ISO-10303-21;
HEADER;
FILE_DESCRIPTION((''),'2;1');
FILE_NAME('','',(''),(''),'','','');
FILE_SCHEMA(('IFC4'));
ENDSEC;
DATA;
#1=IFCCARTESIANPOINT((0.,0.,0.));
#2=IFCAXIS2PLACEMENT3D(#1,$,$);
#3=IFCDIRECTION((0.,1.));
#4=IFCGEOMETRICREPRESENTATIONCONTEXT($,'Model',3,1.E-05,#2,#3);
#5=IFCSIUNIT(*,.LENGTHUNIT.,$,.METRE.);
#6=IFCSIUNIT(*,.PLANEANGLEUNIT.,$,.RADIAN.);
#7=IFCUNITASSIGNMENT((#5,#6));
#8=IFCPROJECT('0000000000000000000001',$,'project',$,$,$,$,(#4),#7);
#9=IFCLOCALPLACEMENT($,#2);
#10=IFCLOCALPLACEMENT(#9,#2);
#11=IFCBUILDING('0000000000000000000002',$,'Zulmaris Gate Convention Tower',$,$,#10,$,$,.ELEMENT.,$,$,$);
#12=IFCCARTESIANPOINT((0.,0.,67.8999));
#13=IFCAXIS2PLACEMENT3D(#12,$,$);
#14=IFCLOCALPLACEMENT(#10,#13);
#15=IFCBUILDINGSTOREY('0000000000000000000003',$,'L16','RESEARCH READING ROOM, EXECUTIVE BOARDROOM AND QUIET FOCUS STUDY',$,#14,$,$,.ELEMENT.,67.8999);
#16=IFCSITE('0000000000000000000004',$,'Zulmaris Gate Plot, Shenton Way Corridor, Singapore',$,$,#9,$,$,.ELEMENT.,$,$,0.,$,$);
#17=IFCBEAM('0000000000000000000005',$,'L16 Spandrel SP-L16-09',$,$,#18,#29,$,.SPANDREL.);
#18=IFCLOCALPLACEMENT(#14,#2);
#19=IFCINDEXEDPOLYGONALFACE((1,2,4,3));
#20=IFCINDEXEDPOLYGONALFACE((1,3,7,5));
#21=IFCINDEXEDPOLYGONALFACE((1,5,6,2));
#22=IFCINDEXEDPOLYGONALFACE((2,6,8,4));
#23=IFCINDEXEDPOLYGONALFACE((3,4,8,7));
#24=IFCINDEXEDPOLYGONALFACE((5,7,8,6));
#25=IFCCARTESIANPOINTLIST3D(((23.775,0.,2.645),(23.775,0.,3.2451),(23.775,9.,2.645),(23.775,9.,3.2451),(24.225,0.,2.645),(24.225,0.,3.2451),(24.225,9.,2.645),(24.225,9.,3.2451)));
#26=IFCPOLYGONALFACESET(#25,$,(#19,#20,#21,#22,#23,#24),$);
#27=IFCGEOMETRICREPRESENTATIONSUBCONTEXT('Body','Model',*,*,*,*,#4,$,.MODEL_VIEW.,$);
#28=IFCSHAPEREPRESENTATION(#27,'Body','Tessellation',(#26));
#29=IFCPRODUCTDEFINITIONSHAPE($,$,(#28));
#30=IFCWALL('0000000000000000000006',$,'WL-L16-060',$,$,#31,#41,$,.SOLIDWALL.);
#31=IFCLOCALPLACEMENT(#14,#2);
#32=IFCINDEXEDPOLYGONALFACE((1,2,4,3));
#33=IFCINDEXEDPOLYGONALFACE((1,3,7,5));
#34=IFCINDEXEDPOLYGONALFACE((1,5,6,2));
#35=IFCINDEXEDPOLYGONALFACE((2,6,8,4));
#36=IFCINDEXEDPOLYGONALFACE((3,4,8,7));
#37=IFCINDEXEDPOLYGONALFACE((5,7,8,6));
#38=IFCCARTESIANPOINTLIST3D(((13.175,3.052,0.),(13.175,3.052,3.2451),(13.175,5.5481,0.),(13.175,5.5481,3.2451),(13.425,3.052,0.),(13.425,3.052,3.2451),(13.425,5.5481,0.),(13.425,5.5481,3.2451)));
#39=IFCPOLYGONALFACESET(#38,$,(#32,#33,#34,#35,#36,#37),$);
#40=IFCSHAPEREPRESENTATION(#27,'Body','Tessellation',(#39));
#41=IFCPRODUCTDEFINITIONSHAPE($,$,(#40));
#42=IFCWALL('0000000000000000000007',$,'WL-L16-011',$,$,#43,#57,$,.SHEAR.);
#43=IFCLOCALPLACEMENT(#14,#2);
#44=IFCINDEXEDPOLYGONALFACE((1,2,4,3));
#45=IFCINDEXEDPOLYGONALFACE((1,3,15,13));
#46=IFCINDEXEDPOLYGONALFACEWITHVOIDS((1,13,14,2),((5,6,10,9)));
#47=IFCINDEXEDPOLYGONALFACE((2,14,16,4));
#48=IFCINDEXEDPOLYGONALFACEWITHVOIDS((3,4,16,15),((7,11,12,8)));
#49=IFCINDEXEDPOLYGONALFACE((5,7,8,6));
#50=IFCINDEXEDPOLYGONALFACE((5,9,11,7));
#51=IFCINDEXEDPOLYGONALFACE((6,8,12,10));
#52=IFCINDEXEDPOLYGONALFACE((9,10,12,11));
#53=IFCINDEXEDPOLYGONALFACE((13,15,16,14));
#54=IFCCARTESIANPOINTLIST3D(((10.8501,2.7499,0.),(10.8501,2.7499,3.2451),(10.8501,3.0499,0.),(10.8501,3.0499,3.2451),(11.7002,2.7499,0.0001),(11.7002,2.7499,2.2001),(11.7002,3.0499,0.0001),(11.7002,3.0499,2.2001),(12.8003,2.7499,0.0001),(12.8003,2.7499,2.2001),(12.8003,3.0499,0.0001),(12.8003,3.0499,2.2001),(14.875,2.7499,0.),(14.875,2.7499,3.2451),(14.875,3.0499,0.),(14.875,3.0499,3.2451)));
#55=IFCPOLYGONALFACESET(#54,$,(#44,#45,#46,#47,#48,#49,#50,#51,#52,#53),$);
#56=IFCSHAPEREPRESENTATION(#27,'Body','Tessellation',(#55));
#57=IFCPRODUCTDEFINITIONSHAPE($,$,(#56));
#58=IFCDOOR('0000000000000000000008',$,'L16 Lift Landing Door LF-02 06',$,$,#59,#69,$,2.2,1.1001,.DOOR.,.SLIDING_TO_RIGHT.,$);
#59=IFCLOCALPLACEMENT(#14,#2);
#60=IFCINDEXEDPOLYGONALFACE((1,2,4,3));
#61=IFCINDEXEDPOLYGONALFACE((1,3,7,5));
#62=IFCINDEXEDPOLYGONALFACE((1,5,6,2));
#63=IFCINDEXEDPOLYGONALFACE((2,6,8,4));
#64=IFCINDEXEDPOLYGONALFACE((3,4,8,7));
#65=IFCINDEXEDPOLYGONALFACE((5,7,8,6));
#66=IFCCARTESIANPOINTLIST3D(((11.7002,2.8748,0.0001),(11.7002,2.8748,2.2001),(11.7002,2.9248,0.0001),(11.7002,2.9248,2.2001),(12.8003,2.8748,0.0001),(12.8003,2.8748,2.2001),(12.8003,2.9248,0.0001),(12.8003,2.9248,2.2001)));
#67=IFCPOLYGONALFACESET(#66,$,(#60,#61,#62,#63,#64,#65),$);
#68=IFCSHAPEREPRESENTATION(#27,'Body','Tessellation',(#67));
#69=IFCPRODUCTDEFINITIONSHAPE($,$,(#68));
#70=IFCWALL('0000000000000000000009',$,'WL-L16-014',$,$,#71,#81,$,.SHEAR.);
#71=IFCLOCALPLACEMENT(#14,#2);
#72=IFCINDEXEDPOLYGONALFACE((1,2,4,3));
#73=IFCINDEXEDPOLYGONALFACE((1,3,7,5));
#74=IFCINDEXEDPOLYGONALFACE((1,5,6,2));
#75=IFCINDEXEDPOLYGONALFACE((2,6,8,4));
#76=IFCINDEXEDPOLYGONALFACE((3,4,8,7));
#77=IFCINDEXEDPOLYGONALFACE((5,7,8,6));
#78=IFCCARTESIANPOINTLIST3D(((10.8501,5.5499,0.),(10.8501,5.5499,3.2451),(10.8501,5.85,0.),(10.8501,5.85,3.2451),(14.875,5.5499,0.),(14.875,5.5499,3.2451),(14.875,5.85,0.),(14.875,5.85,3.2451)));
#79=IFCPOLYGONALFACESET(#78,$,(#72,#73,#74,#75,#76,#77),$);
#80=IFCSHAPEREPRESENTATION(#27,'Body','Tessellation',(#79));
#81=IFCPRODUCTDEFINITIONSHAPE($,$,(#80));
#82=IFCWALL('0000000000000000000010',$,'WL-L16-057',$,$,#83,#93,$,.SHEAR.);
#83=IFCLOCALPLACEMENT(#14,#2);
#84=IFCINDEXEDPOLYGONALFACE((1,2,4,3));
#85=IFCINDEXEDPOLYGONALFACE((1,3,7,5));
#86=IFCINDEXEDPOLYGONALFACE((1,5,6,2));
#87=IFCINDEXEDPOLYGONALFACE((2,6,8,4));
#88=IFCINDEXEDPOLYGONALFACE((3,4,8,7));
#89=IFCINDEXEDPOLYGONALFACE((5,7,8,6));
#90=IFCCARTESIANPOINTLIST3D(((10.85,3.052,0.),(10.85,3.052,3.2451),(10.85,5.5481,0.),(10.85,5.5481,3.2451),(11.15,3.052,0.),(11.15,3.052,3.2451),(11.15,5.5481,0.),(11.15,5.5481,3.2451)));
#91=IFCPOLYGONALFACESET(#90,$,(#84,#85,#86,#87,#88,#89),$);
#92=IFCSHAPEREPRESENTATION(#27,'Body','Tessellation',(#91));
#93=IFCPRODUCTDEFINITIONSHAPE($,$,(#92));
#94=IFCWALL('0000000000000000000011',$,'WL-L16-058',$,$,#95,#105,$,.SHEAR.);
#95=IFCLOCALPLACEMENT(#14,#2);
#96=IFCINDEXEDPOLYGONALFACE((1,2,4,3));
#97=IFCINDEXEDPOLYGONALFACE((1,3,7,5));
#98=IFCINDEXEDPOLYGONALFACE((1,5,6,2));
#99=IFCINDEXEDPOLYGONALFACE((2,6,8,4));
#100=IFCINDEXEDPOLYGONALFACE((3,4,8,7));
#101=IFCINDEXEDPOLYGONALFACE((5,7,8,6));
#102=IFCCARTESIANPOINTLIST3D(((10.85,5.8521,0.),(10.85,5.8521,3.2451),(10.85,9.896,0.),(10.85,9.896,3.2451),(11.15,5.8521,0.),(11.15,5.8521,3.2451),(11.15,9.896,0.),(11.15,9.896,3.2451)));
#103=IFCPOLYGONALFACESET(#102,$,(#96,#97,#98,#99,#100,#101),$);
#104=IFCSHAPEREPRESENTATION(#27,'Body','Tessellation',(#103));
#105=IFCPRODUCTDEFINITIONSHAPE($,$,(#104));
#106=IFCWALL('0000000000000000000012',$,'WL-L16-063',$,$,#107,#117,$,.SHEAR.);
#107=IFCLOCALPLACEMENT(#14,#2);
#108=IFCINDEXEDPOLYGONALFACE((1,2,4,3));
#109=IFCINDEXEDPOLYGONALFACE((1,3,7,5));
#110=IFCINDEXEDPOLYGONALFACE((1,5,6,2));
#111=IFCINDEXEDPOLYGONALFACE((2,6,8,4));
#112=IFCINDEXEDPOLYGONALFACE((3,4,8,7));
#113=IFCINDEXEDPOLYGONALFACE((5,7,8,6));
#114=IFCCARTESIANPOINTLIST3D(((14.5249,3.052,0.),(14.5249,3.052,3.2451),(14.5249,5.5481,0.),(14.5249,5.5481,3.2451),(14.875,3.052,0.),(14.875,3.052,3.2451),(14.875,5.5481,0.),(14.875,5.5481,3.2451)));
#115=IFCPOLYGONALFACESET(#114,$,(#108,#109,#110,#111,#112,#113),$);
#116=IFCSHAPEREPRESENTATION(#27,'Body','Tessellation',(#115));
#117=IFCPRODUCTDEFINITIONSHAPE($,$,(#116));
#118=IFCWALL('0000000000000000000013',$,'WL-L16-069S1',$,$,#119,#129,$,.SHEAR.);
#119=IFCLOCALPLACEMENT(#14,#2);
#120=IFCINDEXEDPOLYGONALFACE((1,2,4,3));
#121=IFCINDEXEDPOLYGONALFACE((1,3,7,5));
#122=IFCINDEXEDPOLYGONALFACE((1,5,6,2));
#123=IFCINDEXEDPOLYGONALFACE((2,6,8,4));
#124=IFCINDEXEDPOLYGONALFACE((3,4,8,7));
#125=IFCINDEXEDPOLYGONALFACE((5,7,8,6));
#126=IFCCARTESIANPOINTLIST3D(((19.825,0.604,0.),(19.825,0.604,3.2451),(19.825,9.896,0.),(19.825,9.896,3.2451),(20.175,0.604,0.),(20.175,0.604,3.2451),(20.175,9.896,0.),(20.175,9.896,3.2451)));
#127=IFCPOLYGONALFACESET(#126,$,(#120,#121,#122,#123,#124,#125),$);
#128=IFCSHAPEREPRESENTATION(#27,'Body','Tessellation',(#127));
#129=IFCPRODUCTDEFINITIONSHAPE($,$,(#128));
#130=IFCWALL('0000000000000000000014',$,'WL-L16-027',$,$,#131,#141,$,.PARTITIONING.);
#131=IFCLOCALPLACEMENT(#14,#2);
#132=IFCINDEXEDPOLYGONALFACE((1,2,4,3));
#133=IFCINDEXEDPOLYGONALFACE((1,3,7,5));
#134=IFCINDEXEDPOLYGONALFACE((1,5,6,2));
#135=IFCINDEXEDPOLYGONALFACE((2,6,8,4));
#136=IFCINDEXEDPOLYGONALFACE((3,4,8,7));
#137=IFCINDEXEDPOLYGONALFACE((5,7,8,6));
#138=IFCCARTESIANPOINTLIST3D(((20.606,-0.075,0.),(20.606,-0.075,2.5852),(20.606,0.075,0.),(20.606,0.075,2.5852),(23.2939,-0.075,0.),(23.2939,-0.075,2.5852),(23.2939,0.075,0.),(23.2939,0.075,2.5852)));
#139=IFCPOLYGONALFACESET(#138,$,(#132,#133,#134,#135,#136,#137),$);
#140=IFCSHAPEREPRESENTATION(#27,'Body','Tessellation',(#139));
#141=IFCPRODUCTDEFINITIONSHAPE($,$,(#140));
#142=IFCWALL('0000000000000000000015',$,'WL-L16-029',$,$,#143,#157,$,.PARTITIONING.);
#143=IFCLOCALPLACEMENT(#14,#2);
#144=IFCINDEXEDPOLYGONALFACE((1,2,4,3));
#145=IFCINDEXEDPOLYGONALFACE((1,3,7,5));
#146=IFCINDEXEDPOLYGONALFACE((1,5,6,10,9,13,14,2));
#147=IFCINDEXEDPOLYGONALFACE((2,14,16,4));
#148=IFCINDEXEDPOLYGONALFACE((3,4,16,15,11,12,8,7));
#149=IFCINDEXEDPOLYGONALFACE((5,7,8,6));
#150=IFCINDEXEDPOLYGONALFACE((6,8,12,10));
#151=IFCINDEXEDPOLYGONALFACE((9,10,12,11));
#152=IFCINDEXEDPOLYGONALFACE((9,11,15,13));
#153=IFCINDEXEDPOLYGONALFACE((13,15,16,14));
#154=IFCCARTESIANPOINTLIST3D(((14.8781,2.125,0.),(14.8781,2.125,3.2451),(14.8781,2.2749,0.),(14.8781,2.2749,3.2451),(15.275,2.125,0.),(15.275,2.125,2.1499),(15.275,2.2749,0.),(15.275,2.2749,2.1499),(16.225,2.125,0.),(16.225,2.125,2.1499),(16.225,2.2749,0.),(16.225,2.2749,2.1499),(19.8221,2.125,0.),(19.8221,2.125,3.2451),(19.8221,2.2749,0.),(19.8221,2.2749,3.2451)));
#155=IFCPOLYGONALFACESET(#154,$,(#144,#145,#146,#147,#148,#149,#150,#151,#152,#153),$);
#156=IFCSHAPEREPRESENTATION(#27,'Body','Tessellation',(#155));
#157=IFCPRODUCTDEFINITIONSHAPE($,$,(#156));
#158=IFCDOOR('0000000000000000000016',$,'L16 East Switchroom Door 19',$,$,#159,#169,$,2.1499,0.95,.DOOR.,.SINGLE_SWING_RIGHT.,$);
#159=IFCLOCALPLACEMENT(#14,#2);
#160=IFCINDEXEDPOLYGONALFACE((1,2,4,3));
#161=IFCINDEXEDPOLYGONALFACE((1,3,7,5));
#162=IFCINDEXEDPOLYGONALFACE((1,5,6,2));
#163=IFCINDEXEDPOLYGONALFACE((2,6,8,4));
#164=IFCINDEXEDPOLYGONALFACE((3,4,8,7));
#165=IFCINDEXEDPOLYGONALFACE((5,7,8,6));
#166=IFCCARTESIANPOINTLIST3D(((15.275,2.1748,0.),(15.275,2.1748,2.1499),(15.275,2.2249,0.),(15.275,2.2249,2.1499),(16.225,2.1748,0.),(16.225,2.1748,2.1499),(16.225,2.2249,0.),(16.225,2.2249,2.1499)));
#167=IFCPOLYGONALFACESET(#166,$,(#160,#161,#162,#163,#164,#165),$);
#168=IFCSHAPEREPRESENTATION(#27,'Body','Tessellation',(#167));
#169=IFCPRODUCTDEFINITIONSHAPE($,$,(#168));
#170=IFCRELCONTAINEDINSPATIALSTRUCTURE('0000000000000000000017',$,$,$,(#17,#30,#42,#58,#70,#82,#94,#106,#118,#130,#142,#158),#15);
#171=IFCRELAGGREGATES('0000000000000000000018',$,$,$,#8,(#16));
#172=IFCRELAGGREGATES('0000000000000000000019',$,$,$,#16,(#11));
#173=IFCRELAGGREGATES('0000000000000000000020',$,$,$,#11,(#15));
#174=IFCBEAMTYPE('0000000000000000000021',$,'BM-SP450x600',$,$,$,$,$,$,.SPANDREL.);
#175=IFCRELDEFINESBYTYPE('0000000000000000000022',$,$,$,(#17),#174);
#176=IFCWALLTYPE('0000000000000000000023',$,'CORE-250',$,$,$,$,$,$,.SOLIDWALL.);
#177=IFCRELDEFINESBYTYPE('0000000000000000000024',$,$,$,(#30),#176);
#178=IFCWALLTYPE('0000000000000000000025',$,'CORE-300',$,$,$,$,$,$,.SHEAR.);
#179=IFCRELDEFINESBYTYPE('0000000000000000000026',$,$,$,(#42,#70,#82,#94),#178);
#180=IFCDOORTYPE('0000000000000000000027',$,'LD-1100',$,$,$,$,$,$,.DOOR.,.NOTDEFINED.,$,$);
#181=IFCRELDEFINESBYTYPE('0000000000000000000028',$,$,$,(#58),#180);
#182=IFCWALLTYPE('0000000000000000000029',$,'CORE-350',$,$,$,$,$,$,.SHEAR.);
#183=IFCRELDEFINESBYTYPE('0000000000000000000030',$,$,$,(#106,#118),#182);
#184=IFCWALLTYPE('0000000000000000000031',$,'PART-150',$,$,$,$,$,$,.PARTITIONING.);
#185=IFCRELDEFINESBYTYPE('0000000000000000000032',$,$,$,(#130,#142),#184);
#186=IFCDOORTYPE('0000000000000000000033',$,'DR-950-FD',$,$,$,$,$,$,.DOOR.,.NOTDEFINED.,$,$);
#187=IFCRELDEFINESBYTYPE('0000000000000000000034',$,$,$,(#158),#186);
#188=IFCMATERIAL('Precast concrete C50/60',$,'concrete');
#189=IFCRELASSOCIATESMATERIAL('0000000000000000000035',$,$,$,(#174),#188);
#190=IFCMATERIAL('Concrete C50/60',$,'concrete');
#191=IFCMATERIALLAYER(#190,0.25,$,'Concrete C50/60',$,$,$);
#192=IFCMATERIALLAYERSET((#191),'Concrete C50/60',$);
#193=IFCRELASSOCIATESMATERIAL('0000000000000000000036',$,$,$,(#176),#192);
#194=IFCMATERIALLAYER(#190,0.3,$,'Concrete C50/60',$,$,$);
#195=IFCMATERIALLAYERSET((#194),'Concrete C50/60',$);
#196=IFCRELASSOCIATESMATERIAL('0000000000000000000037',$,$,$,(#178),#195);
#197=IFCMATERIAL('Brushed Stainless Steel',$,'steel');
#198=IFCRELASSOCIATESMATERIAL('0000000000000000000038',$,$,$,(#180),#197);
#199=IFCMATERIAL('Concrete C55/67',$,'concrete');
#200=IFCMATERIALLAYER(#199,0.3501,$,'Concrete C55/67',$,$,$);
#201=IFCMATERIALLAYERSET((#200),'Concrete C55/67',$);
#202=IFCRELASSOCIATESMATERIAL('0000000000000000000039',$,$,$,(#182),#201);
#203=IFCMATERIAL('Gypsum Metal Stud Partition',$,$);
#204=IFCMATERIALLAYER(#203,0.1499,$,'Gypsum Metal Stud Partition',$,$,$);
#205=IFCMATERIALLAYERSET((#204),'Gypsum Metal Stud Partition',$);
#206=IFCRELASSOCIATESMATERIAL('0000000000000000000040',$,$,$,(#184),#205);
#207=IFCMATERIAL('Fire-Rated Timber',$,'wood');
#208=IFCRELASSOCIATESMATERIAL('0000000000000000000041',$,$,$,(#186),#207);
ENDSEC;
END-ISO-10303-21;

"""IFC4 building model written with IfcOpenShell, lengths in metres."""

from ifc_helpers import new_model, si_unit, direction, frame, frame_2d, origin, origin_2d, place, context, subcontext, project, spatial, rectangle, extrude, material, layer, layer_set, material_profile, profile_set, type_object, element, fill, save


model = new_model("IFC4")

# Units and contexts
model_context = context("Model", 3, precision=1e-05, world=origin(), true_north=direction((0.0, 1.0)))
body_context = subcontext(model_context, "Body", "Model", "MODEL_VIEW")
ifc_project = project(units=[si_unit("LENGTHUNIT", "METRE"), si_unit("PLANEANGLEUNIT", "RADIAN")], contexts=[model_context])

# Site, building, storey
site_placement = place(None, origin())
site = spatial("IfcSite", under=ifc_project, at=site_placement, Name="Zulmaris Gate Plot, Shenton Way Corridor, Singapore", CompositionType="ELEMENT", RefElevation=0.0)
building_placement = place(site_placement, origin())
building = spatial("IfcBuilding", under=site, at=building_placement, Name="Zulmaris Gate Convention Tower", CompositionType="ELEMENT")
storey_placement = place(building_placement, frame((0.0, 0.0, 67.8999)))
storey = spatial("IfcBuildingStorey", under=building, at=storey_placement, Name="L16", Description="RESEARCH READING ROOM, EXECUTIVE BOARDROOM AND QUIET FOCUS STUDY", CompositionType="ELEMENT", Elevation=67.8999)

# Beam
ifc_material_1 = material(Name="Precast concrete C50/60", Category="concrete")
ifc_material_profile_1 = material_profile(ifc_material_1, rectangle(XDim=0.45, YDim=0.6001, at=origin_2d()), Name="RC SPANDREL 450x600")
ifc_profile_set_1 = profile_set([ifc_material_profile_1], Name="Precast concrete C50/60")
beam_type_1 = type_object("IfcBeamType", Name="BM-SP450x600", PredefinedType="SPANDREL", material=ifc_profile_set_1)
beam_1_placement = place(storey_placement, frame((24.0, 0.0, 2.9451), z_axis=(0.0, 1.0, 0.0), x_axis=(-1.0, 0.0, 0.0)))
element("IfcBeam", 1, at=beam_1_placement, inside=storey, type_object=beam_type_1, Name="L16 Spandrel SP-L16-09", PredefinedType="SPANDREL", context=body_context, shape_type="SweptSolid", body=[
    extrude(rectangle(XDim=0.45, YDim=0.6001, at=origin_2d()), origin(), (0.0, 0.0, 1.0), 9.0),
])

# Wall
ifc_material_2 = material(Name="Concrete C50/60", Category="concrete")
ifc_layer_1 = layer(ifc_material_2, 0.25, Name="Concrete C50/60")
ifc_layer_set_1 = layer_set([ifc_layer_1], Name="Concrete C50/60")
wall_type_1 = type_object("IfcWallType", Name="CORE-250", PredefinedType="SOLIDWALL", material=ifc_layer_set_1)
wall_1_placement = place(storey_placement, frame((13.3, 3.052, 0.0), z_axis=(0.0, 0.0, 1.0), x_axis=(0.0, 1.0, 0.0)))
element("IfcWall", 2, at=wall_1_placement, inside=storey, type_object=wall_type_1, Name="WL-L16-060", PredefinedType="SOLIDWALL", context=body_context, shape_type="SweptSolid", body=[
    extrude(rectangle(XDim=2.4961, YDim=0.25, at=frame_2d((1.248, 0.0))), origin(), (0.0, 0.0, 1.0), 3.2451),
])

# Wall, opening, door
ifc_layer_2 = layer(ifc_material_2, 0.3, Name="Concrete C50/60")
ifc_layer_set_2 = layer_set([ifc_layer_2], Name="Concrete C50/60")
wall_type_2 = type_object("IfcWallType", Name="CORE-300", PredefinedType="SHEAR", material=ifc_layer_set_2)
wall_2_placement = place(storey_placement, frame((10.8501, 2.8999, 0.0), z_axis=(0.0, 0.0, 1.0), x_axis=(1.0, 0.0, 0.0)))
wall_2 = element("IfcWall", 3, at=wall_2_placement, inside=storey, type_object=wall_type_2, Name="WL-L16-011", PredefinedType="SHEAR", context=body_context, shape_type="SweptSolid", body=[
    extrude(rectangle(XDim=4.0249, YDim=0.3, at=frame_2d((2.0125, 0.0))), origin(), (0.0, 0.0, 1.0), 3.2451),
])
opening_1_placement = place(wall_2_placement, frame((0.8501, 0.0, 0.0)))
opening_1 = element("IfcOpeningElement", 4, at=opening_1_placement, cuts=wall_2, PredefinedType="OPENING", context=body_context, shape_type="SweptSolid", body=[
    extrude(rectangle(XDim=1.1001, YDim=2.2, at=frame_2d((0.55, 1.1001))), frame((0.0, 0.1602, 0.0), z_axis=(0.0, -1.0, 0.0), x_axis=(1.0, 0.0, 0.0)), (0.0, 0.0, 1.0), 0.3201),
])
ifc_material_3 = material(Name="Brushed Stainless Steel", Category="steel")
door_type_1 = type_object("IfcDoorType", Name="LD-1100", OperationType="NOTDEFINED", PredefinedType="DOOR", material=ifc_material_3)
door_1_placement = place(opening_1_placement, origin())
door_1 = element("IfcDoor", 5, at=door_1_placement, inside=storey, type_object=door_type_1, Name="L16 Lift Landing Door LF-02 06", OperationType="SLIDING_TO_RIGHT", OverallHeight=2.2, OverallWidth=1.1001, PredefinedType="DOOR", context=body_context, shape_type="SweptSolid", body=[
    extrude(rectangle(XDim=1.1001, YDim=2.2, at=frame_2d((0.55, 1.1001))), frame((0.0, 0.0249, 0.0), z_axis=(0.0, -1.0, 0.0), x_axis=(1.0, 0.0, 0.0)), (0.0, 0.0, 1.0), 0.05),
])
fill(opening_1, door_1)

# Wall
wall_3_placement = place(storey_placement, frame((10.8501, 5.7, 0.0), z_axis=(0.0, 0.0, 1.0), x_axis=(1.0, 0.0, 0.0)))
element("IfcWall", 6, at=wall_3_placement, inside=storey, type_object=wall_type_2, Name="WL-L16-014", PredefinedType="SHEAR", context=body_context, shape_type="SweptSolid", body=[
    extrude(rectangle(XDim=4.0249, YDim=0.3, at=frame_2d((2.0125, 0.0))), origin(), (0.0, 0.0, 1.0), 3.2451),
])

# Walls
wall_4_placement = place(storey_placement, frame((11.0, 3.052, 0.0), z_axis=(0.0, 0.0, 1.0), x_axis=(0.0, 1.0, 0.0)))
element("IfcWall", 7, at=wall_4_placement, inside=storey, type_object=wall_type_2, Name="WL-L16-057", PredefinedType="SHEAR", context=body_context, shape_type="SweptSolid", body=[
    extrude(rectangle(XDim=2.4961, YDim=0.3, at=frame_2d((1.248, 0.0))), origin(), (0.0, 0.0, 1.0), 3.2451),
])
wall_5_placement = place(storey_placement, frame((11.0, 5.8521, 0.0), z_axis=(0.0, 0.0, 1.0), x_axis=(0.0, 1.0, 0.0)))
element("IfcWall", 8, at=wall_5_placement, inside=storey, type_object=wall_type_2, Name="WL-L16-058", PredefinedType="SHEAR", context=body_context, shape_type="SweptSolid", body=[
    extrude(rectangle(XDim=4.0439, YDim=0.3, at=frame_2d((2.022, 0.0))), origin(), (0.0, 0.0, 1.0), 3.2451),
])
ifc_material_4 = material(Name="Concrete C55/67", Category="concrete")
ifc_layer_3 = layer(ifc_material_4, 0.3501, Name="Concrete C55/67")
ifc_layer_set_3 = layer_set([ifc_layer_3], Name="Concrete C55/67")
wall_type_3 = type_object("IfcWallType", Name="CORE-350", PredefinedType="SHEAR", material=ifc_layer_set_3)
wall_6_placement = place(storey_placement, frame((14.7, 3.052, 0.0), z_axis=(0.0, 0.0, 1.0), x_axis=(0.0, 1.0, 0.0)))
element("IfcWall", 9, at=wall_6_placement, inside=storey, type_object=wall_type_3, Name="WL-L16-063", PredefinedType="SHEAR", context=body_context, shape_type="SweptSolid", body=[
    extrude(rectangle(XDim=2.4961, YDim=0.3501, at=frame_2d((1.248, 0.0))), origin(), (0.0, 0.0, 1.0), 3.2451),
])
wall_7_placement = place(storey_placement, frame((20.0, 0.604, 0.0), z_axis=(0.0, 0.0, 1.0), x_axis=(0.0, 1.0, 0.0)))
element("IfcWall", 10, at=wall_7_placement, inside=storey, type_object=wall_type_3, Name="WL-L16-069S1", PredefinedType="SHEAR", context=body_context, shape_type="SweptSolid", body=[
    extrude(rectangle(XDim=9.292, YDim=0.3501, at=frame_2d((4.646, 0.0))), origin(), (0.0, 0.0, 1.0), 3.2451),
])
ifc_material_5 = material(Name="Gypsum Metal Stud Partition")
ifc_layer_4 = layer(ifc_material_5, 0.1499, Name="Gypsum Metal Stud Partition")
ifc_layer_set_4 = layer_set([ifc_layer_4], Name="Gypsum Metal Stud Partition")
wall_type_4 = type_object("IfcWallType", Name="PART-150", PredefinedType="PARTITIONING", material=ifc_layer_set_4)
wall_8_placement = place(storey_placement, frame((20.606, 0.0, 0.0), z_axis=(0.0, 0.0, 1.0), x_axis=(1.0, 0.0, 0.0)))
element("IfcWall", 11, at=wall_8_placement, inside=storey, type_object=wall_type_4, Name="WL-L16-027", PredefinedType="PARTITIONING", context=body_context, shape_type="SweptSolid", body=[
    extrude(rectangle(XDim=2.688, YDim=0.1499, at=frame_2d((1.344, 0.0))), origin(), (0.0, 0.0, 1.0), 2.5852),
])

# Wall, opening, door
wall_9_placement = place(storey_placement, frame((14.8779, 2.2, 0.0), z_axis=(0.0, 0.0, 1.0), x_axis=(1.0, 0.0, 0.0)))
wall_9 = element("IfcWall", 12, at=wall_9_placement, inside=storey, type_object=wall_type_4, Name="WL-L16-029", PredefinedType="PARTITIONING", context=body_context, shape_type="SweptSolid", body=[
    extrude(rectangle(XDim=4.9441, YDim=0.1499, at=frame_2d((2.4722, 0.0))), origin(), (0.0, 0.0, 1.0), 3.2451),
])
opening_2_placement = place(wall_9_placement, frame((0.397, 0.0, 0.0)))
opening_2 = element("IfcOpeningElement", 13, at=opening_2_placement, cuts=wall_9, PredefinedType="OPENING", context=body_context, shape_type="SweptSolid", body=[
    extrude(rectangle(XDim=0.95, YDim=2.1499, at=frame_2d((0.4751, 1.075))), frame((0.0, 0.085, 0.0), z_axis=(0.0, -1.0, 0.0), x_axis=(1.0, 0.0, 0.0)), (0.0, 0.0, 1.0), 0.1699),
])
ifc_material_6 = material(Name="Fire-Rated Timber", Category="wood")
door_type_2 = type_object("IfcDoorType", Name="DR-950-FD", OperationType="NOTDEFINED", PredefinedType="DOOR", material=ifc_material_6)
door_2_placement = place(opening_2_placement, origin())
door_2 = element("IfcDoor", 14, at=door_2_placement, inside=storey, type_object=door_type_2, Name="L16 East Switchroom Door 19", OperationType="SINGLE_SWING_RIGHT", OverallHeight=2.1499, OverallWidth=0.95, PredefinedType="DOOR", context=body_context, shape_type="SweptSolid", body=[
    extrude(rectangle(XDim=0.95, YDim=2.1499, at=frame_2d((0.4751, 1.075))), frame((0.0, 0.0249, 0.0), z_axis=(0.0, -1.0, 0.0), x_axis=(1.0, 0.0, 0.0)), (0.0, 0.0, 1.0), 0.05),
])
fill(opening_2, door_2)

save(model, "model.ifc")
